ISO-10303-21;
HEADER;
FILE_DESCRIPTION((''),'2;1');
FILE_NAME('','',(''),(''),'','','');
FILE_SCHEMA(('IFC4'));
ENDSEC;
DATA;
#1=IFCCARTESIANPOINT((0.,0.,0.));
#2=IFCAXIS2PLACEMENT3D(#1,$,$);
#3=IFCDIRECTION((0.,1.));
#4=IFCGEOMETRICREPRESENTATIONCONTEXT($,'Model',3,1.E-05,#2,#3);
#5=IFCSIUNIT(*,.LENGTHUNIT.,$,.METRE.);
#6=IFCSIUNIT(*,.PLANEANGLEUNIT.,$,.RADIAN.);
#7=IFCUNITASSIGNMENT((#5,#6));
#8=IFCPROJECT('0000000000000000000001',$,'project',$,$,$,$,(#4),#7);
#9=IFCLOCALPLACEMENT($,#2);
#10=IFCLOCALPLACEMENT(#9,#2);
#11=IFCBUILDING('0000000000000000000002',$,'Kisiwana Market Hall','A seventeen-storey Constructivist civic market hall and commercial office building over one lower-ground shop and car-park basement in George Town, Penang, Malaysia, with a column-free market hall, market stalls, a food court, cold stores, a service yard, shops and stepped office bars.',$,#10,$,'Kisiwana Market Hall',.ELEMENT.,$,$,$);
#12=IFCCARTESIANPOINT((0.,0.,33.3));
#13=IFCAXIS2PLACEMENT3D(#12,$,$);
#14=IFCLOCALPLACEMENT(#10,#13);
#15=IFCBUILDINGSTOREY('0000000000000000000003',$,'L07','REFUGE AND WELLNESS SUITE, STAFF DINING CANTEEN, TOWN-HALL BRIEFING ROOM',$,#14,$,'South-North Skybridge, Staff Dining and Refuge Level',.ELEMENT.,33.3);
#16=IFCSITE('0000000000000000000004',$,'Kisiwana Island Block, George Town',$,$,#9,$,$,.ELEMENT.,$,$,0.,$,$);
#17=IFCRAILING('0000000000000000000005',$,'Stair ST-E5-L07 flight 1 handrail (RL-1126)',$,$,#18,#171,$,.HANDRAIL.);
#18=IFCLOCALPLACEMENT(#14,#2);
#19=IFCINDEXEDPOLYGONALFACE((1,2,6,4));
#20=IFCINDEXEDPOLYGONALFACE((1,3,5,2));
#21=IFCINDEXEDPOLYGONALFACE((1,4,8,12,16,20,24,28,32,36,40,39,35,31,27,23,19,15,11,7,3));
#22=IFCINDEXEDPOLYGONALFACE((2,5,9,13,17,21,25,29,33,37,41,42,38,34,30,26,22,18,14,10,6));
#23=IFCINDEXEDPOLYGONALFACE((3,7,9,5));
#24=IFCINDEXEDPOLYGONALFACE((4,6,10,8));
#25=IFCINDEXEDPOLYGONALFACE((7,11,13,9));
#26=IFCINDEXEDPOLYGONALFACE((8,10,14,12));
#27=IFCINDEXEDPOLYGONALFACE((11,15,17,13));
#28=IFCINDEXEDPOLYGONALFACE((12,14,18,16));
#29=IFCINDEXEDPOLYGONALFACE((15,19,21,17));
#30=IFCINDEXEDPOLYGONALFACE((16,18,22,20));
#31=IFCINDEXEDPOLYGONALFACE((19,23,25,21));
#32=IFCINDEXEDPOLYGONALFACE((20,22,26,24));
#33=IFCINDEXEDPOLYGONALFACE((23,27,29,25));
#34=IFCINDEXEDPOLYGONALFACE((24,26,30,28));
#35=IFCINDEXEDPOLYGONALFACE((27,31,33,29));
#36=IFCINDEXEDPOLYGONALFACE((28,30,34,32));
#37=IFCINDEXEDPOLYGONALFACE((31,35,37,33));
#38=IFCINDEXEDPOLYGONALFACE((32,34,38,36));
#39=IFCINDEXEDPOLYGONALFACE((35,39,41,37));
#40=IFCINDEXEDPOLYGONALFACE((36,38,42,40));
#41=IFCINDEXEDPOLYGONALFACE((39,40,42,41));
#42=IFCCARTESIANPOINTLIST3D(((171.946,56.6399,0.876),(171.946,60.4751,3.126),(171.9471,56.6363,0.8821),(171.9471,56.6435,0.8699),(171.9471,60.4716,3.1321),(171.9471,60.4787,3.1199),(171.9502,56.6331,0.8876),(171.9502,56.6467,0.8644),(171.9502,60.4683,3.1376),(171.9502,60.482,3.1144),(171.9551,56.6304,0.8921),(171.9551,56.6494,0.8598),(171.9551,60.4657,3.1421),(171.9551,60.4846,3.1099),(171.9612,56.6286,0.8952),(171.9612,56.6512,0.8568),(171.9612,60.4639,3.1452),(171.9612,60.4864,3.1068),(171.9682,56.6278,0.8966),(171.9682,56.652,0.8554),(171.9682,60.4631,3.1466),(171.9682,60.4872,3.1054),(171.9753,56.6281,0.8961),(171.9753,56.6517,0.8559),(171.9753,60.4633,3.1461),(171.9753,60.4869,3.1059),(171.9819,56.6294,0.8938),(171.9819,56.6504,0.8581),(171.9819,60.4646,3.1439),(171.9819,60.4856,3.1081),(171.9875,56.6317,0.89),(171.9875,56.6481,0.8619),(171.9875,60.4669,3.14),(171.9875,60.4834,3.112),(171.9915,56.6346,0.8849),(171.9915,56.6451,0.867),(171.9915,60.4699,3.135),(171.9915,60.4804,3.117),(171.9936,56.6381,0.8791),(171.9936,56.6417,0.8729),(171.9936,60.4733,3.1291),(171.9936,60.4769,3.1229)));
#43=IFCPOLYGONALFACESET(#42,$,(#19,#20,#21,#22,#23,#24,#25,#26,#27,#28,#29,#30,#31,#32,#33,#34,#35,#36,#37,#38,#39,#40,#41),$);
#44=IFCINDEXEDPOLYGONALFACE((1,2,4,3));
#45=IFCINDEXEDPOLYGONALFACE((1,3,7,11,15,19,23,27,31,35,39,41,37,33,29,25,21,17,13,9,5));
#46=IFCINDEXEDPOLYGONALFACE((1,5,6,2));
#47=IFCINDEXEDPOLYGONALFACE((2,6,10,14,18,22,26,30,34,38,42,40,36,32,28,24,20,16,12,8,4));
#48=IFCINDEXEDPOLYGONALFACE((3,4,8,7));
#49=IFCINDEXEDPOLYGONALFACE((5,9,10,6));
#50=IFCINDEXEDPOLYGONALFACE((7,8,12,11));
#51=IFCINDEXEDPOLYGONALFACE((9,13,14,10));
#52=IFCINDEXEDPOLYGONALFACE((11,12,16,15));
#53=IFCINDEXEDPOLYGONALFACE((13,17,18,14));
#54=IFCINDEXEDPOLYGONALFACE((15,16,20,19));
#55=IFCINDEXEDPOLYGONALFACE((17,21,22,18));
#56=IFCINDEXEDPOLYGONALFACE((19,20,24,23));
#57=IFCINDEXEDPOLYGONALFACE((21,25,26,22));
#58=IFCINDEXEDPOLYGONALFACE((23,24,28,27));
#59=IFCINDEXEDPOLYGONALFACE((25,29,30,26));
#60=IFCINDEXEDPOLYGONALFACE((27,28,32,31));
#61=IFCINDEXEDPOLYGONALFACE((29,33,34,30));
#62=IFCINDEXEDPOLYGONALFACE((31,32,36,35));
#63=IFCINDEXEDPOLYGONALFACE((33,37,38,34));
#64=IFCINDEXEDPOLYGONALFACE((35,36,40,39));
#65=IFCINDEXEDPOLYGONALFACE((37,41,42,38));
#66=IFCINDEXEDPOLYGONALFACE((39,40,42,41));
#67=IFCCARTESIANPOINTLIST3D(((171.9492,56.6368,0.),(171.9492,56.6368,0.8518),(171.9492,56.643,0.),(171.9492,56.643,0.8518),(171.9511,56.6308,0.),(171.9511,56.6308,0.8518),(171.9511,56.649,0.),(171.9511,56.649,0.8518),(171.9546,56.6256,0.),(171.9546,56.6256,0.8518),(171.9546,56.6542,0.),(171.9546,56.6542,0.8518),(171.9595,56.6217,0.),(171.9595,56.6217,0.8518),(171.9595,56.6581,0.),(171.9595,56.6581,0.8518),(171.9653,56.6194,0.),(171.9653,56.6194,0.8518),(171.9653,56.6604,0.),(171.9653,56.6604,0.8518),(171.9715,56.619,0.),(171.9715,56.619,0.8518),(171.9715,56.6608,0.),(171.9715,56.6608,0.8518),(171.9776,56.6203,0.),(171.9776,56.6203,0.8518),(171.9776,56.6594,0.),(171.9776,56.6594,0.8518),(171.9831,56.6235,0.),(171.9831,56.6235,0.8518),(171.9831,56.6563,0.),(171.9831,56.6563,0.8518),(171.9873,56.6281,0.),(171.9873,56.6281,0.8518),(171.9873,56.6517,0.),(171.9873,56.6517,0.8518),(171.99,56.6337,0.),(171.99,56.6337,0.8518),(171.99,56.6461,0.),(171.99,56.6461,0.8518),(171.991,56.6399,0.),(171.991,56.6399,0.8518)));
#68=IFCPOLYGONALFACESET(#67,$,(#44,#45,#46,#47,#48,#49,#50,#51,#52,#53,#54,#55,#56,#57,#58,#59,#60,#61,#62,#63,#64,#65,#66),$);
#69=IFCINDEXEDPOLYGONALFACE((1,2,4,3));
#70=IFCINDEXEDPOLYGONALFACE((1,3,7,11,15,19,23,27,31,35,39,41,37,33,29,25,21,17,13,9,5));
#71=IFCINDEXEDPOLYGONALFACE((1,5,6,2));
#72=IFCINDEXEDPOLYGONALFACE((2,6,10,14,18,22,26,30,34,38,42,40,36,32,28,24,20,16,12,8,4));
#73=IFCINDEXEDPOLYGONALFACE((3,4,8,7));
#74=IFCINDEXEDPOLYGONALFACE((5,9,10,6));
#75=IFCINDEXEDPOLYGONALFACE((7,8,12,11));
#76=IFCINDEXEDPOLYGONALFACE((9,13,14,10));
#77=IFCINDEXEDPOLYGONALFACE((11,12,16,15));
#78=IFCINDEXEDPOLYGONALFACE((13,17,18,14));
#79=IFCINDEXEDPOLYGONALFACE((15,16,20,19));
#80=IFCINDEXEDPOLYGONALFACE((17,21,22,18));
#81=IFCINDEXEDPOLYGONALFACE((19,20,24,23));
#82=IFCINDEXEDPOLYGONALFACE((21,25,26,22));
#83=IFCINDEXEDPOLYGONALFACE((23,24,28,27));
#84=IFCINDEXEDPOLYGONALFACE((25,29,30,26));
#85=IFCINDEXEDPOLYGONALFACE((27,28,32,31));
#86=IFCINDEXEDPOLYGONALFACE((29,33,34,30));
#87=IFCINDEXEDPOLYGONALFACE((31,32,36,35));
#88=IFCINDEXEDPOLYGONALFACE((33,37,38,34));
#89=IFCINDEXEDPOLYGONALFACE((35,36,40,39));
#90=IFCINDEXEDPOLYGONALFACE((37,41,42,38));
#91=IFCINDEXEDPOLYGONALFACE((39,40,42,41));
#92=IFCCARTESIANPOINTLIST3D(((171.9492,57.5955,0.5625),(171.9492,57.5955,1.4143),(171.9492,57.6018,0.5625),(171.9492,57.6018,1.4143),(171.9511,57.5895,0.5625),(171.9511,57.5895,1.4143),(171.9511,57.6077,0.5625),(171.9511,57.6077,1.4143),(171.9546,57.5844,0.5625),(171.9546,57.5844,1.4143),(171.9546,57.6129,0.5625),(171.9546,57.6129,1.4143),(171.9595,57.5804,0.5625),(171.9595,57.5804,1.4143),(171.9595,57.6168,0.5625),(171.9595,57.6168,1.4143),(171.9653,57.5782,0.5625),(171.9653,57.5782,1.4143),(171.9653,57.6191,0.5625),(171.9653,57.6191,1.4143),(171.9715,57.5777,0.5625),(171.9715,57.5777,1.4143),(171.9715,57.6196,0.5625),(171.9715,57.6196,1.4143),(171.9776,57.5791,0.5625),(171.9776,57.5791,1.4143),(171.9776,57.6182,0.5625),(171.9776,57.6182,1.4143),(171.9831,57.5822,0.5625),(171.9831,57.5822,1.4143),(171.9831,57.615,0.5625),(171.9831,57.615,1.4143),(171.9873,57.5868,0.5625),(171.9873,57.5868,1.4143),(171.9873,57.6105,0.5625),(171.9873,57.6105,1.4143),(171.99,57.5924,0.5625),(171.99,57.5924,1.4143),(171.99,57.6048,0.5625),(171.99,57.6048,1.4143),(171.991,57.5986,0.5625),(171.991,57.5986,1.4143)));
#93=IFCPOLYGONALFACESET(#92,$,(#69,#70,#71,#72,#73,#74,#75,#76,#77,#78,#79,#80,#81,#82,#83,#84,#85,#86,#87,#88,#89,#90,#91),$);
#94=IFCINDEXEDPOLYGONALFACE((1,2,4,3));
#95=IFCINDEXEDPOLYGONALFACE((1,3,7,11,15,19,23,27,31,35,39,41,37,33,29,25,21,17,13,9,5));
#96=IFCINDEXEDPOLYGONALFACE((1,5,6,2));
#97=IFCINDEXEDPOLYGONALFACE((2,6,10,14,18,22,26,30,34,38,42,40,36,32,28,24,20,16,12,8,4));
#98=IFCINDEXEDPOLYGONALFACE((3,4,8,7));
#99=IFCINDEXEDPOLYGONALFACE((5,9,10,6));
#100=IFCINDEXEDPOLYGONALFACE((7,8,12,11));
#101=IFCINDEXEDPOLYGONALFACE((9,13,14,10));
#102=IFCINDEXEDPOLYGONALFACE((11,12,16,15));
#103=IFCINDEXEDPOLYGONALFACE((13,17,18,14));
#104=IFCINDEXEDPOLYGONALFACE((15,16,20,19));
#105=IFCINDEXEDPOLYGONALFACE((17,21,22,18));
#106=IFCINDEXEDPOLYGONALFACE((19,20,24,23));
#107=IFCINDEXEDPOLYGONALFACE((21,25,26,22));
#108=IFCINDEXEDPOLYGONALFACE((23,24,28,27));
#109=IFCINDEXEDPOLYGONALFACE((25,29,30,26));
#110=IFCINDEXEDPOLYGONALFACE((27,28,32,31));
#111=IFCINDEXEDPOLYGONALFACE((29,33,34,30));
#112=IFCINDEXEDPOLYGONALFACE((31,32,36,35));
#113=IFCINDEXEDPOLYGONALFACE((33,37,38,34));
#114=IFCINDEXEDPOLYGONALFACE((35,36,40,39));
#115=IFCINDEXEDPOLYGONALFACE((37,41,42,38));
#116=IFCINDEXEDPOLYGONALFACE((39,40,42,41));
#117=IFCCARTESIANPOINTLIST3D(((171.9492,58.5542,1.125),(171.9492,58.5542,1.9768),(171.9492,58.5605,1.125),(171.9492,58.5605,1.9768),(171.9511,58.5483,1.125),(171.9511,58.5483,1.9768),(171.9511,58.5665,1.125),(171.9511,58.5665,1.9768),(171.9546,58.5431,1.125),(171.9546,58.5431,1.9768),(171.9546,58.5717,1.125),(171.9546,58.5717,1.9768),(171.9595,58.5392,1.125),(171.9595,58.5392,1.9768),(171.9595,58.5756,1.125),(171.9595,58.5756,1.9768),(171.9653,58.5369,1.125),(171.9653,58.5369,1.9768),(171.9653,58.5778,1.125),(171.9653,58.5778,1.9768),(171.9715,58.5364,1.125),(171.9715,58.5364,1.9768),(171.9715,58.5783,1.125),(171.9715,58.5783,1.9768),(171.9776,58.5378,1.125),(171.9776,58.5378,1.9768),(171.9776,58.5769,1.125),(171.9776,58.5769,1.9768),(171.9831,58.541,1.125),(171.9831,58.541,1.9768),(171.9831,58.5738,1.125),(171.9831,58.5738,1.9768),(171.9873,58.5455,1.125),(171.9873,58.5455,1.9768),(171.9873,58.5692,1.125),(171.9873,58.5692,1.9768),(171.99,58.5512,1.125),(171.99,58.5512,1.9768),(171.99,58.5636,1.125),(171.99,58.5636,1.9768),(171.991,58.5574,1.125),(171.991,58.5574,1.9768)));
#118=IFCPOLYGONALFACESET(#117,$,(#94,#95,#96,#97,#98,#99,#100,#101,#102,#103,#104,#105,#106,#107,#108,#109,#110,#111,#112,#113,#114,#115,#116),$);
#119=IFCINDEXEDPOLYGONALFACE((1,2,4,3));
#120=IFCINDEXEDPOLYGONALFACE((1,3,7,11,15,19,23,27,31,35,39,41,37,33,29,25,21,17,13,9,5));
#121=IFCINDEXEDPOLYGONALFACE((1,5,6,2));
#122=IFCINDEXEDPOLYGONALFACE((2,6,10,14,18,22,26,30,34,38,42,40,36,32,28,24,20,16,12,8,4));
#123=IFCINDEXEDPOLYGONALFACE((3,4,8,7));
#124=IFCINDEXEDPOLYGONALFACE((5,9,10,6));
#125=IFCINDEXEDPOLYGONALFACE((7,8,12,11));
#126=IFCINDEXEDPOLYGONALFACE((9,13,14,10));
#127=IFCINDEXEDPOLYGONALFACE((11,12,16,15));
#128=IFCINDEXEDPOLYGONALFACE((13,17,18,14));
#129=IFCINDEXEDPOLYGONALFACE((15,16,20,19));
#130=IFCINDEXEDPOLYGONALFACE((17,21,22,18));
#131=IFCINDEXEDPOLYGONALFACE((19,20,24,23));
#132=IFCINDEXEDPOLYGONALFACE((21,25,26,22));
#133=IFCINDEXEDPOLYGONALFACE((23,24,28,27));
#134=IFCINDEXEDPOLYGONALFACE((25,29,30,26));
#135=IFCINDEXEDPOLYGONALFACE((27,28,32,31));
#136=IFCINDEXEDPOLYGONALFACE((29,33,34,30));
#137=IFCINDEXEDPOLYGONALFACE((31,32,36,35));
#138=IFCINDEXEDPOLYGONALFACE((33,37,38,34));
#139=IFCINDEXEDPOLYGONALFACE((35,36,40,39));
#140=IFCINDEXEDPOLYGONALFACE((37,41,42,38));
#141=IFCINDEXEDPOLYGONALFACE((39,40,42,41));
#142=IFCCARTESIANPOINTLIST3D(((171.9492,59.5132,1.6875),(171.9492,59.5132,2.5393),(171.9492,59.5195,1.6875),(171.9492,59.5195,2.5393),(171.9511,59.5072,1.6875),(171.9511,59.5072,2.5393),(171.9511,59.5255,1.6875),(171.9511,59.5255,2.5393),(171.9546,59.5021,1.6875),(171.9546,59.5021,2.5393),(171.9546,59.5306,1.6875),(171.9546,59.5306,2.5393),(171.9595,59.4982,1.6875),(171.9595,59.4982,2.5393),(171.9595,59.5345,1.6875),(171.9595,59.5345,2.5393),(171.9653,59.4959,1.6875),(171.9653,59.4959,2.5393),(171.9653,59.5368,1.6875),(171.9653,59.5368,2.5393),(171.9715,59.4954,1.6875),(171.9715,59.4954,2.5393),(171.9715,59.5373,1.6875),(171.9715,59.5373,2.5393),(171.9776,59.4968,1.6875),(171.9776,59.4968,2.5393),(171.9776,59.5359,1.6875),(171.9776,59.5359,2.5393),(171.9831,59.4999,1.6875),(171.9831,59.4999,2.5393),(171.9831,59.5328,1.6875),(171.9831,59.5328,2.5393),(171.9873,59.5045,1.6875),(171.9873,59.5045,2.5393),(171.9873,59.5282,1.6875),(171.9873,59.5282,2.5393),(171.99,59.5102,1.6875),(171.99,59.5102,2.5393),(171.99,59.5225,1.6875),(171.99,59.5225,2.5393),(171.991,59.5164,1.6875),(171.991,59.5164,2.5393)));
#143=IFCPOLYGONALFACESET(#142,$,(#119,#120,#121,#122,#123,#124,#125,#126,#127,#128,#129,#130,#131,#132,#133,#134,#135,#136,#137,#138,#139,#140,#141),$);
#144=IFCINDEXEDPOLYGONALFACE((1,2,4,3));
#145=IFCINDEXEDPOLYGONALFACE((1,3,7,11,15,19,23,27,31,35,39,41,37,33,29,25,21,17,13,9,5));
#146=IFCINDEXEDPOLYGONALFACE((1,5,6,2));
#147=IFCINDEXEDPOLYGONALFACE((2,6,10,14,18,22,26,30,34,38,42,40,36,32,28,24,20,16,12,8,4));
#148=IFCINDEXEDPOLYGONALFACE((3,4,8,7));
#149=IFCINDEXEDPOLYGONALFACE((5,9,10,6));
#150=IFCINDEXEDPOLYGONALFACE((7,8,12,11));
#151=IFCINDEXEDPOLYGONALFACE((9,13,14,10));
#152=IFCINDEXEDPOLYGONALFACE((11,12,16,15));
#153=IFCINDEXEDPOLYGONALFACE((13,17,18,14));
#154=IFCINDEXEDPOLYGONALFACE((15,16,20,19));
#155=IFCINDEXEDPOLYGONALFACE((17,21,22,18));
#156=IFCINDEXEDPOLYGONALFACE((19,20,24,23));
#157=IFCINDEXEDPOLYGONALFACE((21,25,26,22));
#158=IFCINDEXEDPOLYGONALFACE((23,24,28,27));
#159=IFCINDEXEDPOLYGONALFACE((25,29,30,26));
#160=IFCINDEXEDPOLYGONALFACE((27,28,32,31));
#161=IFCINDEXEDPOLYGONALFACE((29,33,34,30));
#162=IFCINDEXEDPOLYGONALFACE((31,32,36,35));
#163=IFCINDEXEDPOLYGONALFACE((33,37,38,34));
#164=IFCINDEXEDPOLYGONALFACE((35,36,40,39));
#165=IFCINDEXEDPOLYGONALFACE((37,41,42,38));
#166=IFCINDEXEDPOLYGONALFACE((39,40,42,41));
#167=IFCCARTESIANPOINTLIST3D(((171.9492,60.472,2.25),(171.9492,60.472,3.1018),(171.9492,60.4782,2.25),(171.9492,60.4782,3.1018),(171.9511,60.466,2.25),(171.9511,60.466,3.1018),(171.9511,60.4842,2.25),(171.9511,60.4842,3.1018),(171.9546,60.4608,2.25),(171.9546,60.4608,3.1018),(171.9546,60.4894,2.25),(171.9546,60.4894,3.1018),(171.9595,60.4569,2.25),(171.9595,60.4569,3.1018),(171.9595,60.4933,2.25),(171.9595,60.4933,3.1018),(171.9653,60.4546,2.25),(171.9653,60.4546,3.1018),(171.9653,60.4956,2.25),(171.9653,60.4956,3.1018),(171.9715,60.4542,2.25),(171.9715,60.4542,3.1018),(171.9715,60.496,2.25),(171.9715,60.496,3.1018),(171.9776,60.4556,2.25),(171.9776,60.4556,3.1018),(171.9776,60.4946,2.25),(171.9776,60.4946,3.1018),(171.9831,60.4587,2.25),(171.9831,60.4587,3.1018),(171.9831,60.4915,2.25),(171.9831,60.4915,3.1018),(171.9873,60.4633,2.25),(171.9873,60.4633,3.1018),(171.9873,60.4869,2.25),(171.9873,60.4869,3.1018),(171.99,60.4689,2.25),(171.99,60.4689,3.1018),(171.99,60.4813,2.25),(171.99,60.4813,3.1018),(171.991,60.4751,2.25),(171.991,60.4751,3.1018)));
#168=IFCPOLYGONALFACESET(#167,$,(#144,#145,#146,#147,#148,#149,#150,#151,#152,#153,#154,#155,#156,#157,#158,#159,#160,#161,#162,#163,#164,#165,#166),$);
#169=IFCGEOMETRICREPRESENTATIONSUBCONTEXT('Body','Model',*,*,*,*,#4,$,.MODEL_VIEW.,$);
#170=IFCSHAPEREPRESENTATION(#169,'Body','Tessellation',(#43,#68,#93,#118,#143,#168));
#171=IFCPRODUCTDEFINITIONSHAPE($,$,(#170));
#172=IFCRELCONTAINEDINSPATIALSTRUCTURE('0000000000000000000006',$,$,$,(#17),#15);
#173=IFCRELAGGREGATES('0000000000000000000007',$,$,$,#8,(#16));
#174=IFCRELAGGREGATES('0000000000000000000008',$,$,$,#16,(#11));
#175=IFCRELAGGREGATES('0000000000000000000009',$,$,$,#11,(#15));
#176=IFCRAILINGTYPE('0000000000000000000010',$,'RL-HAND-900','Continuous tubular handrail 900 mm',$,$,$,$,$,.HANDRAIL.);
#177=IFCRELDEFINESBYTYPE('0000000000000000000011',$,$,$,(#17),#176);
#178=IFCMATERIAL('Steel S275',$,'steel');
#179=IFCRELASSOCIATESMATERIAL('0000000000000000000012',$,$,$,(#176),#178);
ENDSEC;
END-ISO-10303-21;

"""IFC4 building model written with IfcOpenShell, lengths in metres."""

from ifc_helpers import new_model, si_unit, direction, frame, origin, origin_2d, place, context, subcontext, project, spatial, circle, extrude, material, type_object, element, save


model = new_model("IFC4")

# Units and contexts
model_context = context("Model", 3, precision=1e-05, world=origin(), true_north=direction((0.0, 1.0)))
body_context = subcontext(model_context, "Body", "Model", "MODEL_VIEW")
ifc_project = project(units=[si_unit("LENGTHUNIT", "METRE"), si_unit("PLANEANGLEUNIT", "RADIAN")], contexts=[model_context])

# Site, building, storey
site_placement = place(None, origin())
site = spatial("IfcSite", under=ifc_project, at=site_placement, Name="Kisiwana Island Block, George Town", CompositionType="ELEMENT", RefElevation=0.0)
building_placement = place(site_placement, origin())
building = spatial("IfcBuilding", under=site, at=building_placement, Name="Kisiwana Market Hall", Description="A seventeen-storey Constructivist civic market hall and commercial office building over one lower-ground shop and car-park basement in George Town, Penang, Malaysia, with a column-free market hall, market stalls, a food court, cold stores, a service yard, shops and stepped office bars.", LongName="Kisiwana Market Hall", CompositionType="ELEMENT")
storey_placement = place(building_placement, frame((0.0, 0.0, 33.3)))
storey = spatial("IfcBuildingStorey", under=building, at=storey_placement, Name="L07", Description="REFUGE AND WELLNESS SUITE, STAFF DINING CANTEEN, TOWN-HALL BRIEFING ROOM", LongName="South-North Skybridge, Staff Dining and Refuge Level", CompositionType="ELEMENT", Elevation=33.3)

# Railing
ifc_material_1 = material(Name="Steel S275", Category="steel")
railing_type_1 = type_object("IfcRailingType", Name="RL-HAND-900", Description="Continuous tubular handrail 900 mm", PredefinedType="HANDRAIL", material=ifc_material_1)
for number, where, name in (
    (1, (171.97, 56.6399, 0.0), "Stair ST-E5-L07 flight 1 handrail (RL-1126)"),
):
    element("IfcRailing", number, at=place(storey_placement, frame(where)), inside=storey, type_object=railing_type_1, Name=name, PredefinedType="HANDRAIL", context=body_context, shape_type="SweptSolid", body=[
        extrude(circle(Radius=0.0239, at=origin_2d()), frame((0.0, 0.0, 0.876), z_axis=(0.0, 0.862524, 0.506017), x_axis=(-1.0, 0.0, 0.0)), (0.0, 0.0, 1.0), 4.4465),
        extrude(circle(Radius=0.021, at=origin_2d()), origin(), (0.0, 0.0, 1.0), 0.8518),
        extrude(circle(Radius=0.021, at=origin_2d()), frame((0.0, 0.9587, 0.5625)), (0.0, 0.0, 1.0), 0.8518),
        extrude(circle(Radius=0.021, at=origin_2d()), frame((0.0, 1.9175, 1.125)), (0.0, 0.0, 1.0), 0.8518),
        extrude(circle(Radius=0.021, at=origin_2d()), frame((0.0, 2.8765, 1.6875)), (0.0, 0.0, 1.0), 0.8518),
        extrude(circle(Radius=0.021, at=origin_2d()), frame((0.0, 3.8352, 2.25)), (0.0, 0.0, 1.0), 0.8518),
    ])

save(model, "model.ifc")
